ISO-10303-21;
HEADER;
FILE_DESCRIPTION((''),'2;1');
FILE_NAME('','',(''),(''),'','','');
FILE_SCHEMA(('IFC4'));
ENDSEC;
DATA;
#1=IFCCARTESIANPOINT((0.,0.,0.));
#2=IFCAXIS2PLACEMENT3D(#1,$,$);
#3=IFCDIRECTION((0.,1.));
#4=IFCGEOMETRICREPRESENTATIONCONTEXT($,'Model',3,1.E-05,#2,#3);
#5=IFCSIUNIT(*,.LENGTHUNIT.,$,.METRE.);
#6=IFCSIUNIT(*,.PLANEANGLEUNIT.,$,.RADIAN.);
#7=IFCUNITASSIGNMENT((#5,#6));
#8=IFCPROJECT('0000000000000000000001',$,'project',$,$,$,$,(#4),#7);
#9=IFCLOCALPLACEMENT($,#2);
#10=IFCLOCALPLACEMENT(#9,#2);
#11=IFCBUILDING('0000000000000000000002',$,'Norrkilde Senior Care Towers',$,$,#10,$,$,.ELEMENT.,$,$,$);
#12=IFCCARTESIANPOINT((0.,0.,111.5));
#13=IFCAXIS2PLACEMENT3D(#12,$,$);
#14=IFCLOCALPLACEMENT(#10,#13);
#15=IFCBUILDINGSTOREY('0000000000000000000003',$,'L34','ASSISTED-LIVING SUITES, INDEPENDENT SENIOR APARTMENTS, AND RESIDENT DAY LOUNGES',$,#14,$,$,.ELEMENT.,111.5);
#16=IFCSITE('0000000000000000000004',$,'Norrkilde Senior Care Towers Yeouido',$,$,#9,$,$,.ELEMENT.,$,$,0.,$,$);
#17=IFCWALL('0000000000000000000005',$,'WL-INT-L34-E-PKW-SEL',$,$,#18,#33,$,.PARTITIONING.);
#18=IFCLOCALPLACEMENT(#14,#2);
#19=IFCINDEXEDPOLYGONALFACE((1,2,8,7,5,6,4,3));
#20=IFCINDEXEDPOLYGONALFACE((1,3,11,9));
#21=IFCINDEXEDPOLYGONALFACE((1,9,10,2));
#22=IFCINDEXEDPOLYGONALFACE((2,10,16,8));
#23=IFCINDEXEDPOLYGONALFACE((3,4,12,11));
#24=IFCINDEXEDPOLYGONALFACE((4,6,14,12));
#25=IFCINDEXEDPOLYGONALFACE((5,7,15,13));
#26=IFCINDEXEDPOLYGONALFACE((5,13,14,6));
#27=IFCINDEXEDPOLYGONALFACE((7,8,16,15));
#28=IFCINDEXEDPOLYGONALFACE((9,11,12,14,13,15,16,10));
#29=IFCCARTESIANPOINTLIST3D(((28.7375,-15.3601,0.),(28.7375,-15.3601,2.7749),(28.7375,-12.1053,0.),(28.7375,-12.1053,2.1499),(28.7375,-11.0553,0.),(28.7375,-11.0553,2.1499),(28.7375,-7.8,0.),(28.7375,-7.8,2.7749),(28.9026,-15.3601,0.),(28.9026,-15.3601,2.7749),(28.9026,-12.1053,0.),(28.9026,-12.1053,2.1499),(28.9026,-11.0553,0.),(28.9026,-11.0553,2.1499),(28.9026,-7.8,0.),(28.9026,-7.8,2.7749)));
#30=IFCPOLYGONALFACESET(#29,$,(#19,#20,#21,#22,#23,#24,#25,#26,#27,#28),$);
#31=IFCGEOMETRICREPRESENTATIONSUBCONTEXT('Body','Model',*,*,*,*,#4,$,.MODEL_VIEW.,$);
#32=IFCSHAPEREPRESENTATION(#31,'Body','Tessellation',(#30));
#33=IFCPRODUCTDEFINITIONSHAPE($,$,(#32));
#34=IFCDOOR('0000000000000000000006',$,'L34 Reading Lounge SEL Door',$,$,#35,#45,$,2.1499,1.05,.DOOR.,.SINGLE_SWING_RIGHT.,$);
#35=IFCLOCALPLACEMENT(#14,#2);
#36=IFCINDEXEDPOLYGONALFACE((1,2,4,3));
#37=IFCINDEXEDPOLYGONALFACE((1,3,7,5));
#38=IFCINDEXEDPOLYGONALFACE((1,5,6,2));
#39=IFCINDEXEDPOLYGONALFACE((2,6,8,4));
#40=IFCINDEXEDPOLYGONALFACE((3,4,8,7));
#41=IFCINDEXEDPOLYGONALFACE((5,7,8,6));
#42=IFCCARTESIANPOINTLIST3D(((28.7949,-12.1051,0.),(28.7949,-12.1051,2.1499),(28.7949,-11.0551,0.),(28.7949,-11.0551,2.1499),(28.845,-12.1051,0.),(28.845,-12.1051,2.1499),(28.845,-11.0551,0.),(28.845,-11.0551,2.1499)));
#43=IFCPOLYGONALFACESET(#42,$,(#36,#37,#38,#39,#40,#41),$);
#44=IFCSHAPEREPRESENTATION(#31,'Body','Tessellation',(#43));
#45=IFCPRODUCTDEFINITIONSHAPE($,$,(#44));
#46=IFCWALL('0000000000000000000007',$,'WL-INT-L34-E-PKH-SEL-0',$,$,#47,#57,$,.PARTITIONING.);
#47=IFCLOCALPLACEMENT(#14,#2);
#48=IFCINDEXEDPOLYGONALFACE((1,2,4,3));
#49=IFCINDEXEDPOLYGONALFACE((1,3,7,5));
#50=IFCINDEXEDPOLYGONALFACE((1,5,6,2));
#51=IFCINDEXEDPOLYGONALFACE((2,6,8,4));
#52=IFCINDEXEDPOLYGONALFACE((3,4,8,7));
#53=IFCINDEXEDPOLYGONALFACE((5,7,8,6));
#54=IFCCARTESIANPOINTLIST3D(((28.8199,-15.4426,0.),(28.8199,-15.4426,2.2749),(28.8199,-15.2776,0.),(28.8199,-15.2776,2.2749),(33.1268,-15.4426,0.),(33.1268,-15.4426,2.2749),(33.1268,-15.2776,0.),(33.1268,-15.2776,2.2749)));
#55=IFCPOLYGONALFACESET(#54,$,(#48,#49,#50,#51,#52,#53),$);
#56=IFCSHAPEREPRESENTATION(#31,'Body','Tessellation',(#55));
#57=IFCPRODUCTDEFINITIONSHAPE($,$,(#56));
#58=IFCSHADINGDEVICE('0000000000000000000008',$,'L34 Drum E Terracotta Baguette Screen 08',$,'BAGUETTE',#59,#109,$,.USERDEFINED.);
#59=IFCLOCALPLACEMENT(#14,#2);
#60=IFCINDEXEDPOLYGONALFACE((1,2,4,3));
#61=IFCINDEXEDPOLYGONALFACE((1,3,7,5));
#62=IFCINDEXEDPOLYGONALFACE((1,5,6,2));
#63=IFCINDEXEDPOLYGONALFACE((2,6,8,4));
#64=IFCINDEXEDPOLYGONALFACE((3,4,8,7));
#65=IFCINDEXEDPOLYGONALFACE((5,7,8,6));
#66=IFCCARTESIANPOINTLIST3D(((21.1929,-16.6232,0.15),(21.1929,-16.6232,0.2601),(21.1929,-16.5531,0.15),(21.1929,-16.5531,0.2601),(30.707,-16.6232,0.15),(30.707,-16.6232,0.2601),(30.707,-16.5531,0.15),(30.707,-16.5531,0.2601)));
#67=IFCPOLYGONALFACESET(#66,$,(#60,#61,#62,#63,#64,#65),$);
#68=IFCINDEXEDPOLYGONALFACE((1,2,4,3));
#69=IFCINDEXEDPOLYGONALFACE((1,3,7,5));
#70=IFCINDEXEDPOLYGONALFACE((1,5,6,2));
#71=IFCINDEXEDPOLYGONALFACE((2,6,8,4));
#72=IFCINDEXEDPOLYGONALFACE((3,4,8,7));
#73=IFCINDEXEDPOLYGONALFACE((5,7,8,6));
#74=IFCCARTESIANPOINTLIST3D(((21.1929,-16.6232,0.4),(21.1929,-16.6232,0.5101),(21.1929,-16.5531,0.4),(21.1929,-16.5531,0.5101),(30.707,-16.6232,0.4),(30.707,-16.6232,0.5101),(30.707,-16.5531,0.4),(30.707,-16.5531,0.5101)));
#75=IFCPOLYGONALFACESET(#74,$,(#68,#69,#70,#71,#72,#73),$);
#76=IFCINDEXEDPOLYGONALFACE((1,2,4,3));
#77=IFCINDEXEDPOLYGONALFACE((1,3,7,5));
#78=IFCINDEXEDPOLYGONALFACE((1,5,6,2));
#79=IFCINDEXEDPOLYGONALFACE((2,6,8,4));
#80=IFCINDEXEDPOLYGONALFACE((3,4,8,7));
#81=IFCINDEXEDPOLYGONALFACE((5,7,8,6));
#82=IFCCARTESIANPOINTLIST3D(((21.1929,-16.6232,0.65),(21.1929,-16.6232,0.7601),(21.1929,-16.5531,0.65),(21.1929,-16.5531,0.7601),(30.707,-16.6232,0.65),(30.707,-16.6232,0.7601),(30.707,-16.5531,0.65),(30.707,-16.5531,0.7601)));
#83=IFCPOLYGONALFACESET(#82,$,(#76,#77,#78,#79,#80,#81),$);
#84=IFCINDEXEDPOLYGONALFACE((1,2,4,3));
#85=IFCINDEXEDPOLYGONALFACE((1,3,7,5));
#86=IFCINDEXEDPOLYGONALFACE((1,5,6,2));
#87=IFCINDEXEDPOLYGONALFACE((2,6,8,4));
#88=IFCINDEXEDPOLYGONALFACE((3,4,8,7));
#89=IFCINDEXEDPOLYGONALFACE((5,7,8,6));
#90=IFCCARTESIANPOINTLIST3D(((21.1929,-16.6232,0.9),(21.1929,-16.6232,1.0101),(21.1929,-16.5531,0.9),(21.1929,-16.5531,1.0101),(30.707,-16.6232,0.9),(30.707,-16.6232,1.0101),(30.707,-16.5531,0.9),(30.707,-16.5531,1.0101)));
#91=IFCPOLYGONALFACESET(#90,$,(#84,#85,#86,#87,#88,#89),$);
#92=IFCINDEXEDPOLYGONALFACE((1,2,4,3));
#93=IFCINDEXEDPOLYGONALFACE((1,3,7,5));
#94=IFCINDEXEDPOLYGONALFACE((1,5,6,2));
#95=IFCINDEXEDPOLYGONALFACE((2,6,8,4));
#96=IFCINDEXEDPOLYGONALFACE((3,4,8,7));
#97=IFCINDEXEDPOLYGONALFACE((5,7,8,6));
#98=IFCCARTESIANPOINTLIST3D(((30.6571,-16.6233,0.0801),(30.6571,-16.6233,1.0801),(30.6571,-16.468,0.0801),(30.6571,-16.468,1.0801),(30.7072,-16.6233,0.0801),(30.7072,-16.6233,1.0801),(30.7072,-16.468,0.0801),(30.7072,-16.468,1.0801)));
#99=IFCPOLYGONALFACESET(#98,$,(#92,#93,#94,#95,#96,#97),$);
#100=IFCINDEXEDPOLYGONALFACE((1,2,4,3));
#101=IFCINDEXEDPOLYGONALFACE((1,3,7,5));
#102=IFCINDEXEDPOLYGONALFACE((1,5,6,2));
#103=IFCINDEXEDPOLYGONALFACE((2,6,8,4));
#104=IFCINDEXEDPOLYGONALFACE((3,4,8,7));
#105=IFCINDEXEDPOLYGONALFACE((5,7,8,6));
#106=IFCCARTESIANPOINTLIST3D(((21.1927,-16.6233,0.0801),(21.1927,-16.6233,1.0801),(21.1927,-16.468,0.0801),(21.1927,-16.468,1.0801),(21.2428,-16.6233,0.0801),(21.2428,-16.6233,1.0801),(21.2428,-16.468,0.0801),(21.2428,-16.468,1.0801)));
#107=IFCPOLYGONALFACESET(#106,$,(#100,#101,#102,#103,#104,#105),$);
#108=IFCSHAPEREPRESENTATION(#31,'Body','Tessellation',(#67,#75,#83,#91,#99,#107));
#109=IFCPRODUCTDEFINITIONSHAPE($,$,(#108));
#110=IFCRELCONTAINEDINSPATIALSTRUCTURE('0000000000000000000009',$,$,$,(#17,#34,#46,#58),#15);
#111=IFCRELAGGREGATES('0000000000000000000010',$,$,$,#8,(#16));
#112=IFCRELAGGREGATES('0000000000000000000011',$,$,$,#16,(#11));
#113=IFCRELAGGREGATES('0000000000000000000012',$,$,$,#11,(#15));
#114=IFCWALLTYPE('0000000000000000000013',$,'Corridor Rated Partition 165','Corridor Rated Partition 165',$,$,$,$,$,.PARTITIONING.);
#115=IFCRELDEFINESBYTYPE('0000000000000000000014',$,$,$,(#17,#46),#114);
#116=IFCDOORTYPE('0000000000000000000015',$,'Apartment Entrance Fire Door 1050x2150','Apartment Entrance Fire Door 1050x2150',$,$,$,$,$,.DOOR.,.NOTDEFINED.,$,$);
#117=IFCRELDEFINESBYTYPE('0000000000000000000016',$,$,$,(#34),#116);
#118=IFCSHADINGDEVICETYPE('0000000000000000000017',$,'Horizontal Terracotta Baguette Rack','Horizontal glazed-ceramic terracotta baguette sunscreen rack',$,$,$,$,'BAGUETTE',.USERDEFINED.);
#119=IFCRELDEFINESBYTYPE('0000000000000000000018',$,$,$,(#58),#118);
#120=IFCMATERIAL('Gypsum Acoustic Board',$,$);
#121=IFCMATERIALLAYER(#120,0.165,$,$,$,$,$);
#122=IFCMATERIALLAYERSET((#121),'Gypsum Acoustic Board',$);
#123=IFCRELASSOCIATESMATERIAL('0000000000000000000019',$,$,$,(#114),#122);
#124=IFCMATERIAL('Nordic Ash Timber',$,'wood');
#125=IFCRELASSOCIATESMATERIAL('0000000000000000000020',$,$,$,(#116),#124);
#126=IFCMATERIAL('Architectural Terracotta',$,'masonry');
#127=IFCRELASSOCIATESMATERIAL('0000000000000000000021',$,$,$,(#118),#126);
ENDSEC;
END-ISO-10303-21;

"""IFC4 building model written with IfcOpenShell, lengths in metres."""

from ifc_helpers import new_model, si_unit, direction, frame, frame_2d, origin, origin_2d, place, context, subcontext, project, spatial, rectangle, extrude, source, transform, mapped, material, layer, layer_set, type_object, type_shapes, element, fill, save


model = new_model("IFC4")

# Units and contexts
model_context = context("Model", 3, precision=1e-05, world=origin(), true_north=direction((0.0, 1.0)))
body_context = subcontext(model_context, "Body", "Model", "MODEL_VIEW")
ifc_project = project(units=[si_unit("LENGTHUNIT", "METRE"), si_unit("PLANEANGLEUNIT", "RADIAN")], contexts=[model_context])

# Site, building, storey
site_placement = place(None, origin())
site = spatial("IfcSite", under=ifc_project, at=site_placement, Name="Norrkilde Senior Care Towers Yeouido", CompositionType="ELEMENT", RefElevation=0.0)
building_placement = place(site_placement, origin())
building = spatial("IfcBuilding", under=site, at=building_placement, Name="Norrkilde Senior Care Towers", CompositionType="ELEMENT")
storey_placement = place(building_placement, frame((0.0, 0.0, 111.5)))
storey = spatial("IfcBuildingStorey", under=building, at=storey_placement, Name="L34", Description="ASSISTED-LIVING SUITES, INDEPENDENT SENIOR APARTMENTS, AND RESIDENT DAY LOUNGES", CompositionType="ELEMENT", Elevation=111.5)

# Shared definitions
ifc_material_1 = material(Name="Gypsum Acoustic Board")
ifc_layer_1 = layer(ifc_material_1, 0.165)
ifc_layer_set_1 = layer_set([ifc_layer_1], Name="Gypsum Acoustic Board")
wall_type_1 = type_object("IfcWallType", Name="Corridor Rated Partition 165", Description="Corridor Rated Partition 165", PredefinedType="PARTITIONING", material=ifc_layer_set_1)

# Wall, opening, door
shared_shape_1 = source(origin(), body_context, "Body", "SweptSolid", [
    extrude(rectangle(XDim=7.5601, YDim=0.165, at=frame_2d((3.78, 0.0))), origin(), (0.0, 0.0, 1.0), 2.7749),
])
ifc_material_2 = material(Name="Nordic Ash Timber", Category="wood")
door_type = type_object("IfcDoorType", Name="Apartment Entrance Fire Door 1050x2150", Description="Apartment Entrance Fire Door 1050x2150", OperationType="NOTDEFINED", PredefinedType="DOOR", material=ifc_material_2)
shared_shape_2 = source(origin(), body_context, "Body", "SweptSolid", [
    extrude(rectangle(XDim=1.05, YDim=2.1499, at=frame_2d((0.5249, 1.075))), frame((0.0, 0.0249, 0.0), z_axis=(0.0, -1.0, 0.0), x_axis=(1.0, 0.0, 0.0)), (0.0, 0.0, 1.0), 0.05),
])
type_shapes(door_type, [shared_shape_2])
wall_1_placement = place(storey_placement, frame((28.8201, -15.3601, 0.0), z_axis=(0.0, 0.0, 1.0), x_axis=(0.0, 1.0, 0.0)))
wall_1 = element("IfcWall", 1, at=wall_1_placement, inside=storey, type_object=wall_type_1, Name="WL-INT-L34-E-PKW-SEL", PredefinedType="PARTITIONING", context=body_context, shape_type="MappedRepresentation", body=[
    mapped(shared_shape_1, transform((0.0, 0.0, 0.0), x_axis=(1.0, 0.0, 0.0), y_axis=(0.0, 1.0, 0.0), z_axis=(0.0, 0.0, 1.0), scale=1.0)),
])
opening_1_placement = place(wall_1_placement, frame((3.2549, 0.0, 0.0)))
opening_1 = element("IfcOpeningElement", 2, at=opening_1_placement, cuts=wall_1, PredefinedType="OPENING", context=body_context, shape_type="SweptSolid", body=[
    extrude(rectangle(XDim=1.05, YDim=2.1499, at=frame_2d((0.5249, 1.075))), frame((0.0, 0.0925, 0.0), z_axis=(0.0, -1.0, 0.0), x_axis=(1.0, 0.0, 0.0)), (0.0, 0.0, 1.0), 0.1851),
])
door_1_placement = place(opening_1_placement, frame((1.05, 0.0, 0.0), z_axis=(0.0, 0.0, 1.0), x_axis=(-1.0, 0.0, 0.0)))
door_1 = element("IfcDoor", 3, at=door_1_placement, inside=storey, type_object=door_type, Name="L34 Reading Lounge SEL Door", OperationType="SINGLE_SWING_RIGHT", OverallHeight=2.1499, OverallWidth=1.05, PredefinedType="DOOR", context=body_context, shape_type="MappedRepresentation", body=[
    mapped(shared_shape_2, transform((0.0, 0.0, 0.0), x_axis=(1.0, 0.0, 0.0), y_axis=(0.0, 1.0, 0.0), z_axis=(0.0, 0.0, 1.0), scale=1.0)),
])
fill(opening_1, door_1)

# Wall
shared_shape_3 = source(origin(), body_context, "Body", "SweptSolid", [
    extrude(rectangle(XDim=4.3069, YDim=0.165, at=frame_2d((2.1533, 0.0))), origin(), (0.0, 0.0, 1.0), 2.2749),
])
wall_2_placement = place(storey_placement, frame((28.8201, -15.3601, 0.0), z_axis=(0.0, 0.0, 1.0), x_axis=(1.0, 0.0, 0.0)))
element("IfcWall", 4, at=wall_2_placement, inside=storey, type_object=wall_type_1, Name="WL-INT-L34-E-PKH-SEL-0", PredefinedType="PARTITIONING", context=body_context, shape_type="MappedRepresentation", body=[
    mapped(shared_shape_3, transform((0.0, 0.0, 0.0), x_axis=(1.0, 0.0, 0.0), y_axis=(0.0, 1.0, 0.0), z_axis=(0.0, 0.0, 1.0), scale=1.0)),
])

# Shading device
ifc_material_3 = material(Name="Architectural Terracotta", Category="masonry")
shading_device_type = type_object("IfcShadingDeviceType", Name="Horizontal Terracotta Baguette Rack", Description="Horizontal glazed-ceramic terracotta baguette sunscreen rack", ElementType="BAGUETTE", PredefinedType="USERDEFINED", material=ifc_material_3)
shared_shape_4 = source(origin(), body_context, "Body", "SweptSolid", [
    extrude(rectangle(XDim=0.0701, YDim=0.1101, at=origin_2d()), frame((0.0, 0.0901, 0.125), z_axis=(1.0, 0.0, 0.0), x_axis=(0.0, 1.0, 0.0)), (0.0, 0.0, 1.0), 9.5142),
    extrude(rectangle(XDim=0.0701, YDim=0.1101, at=origin_2d()), frame((0.0, 0.0901, 0.375), z_axis=(1.0, 0.0, 0.0), x_axis=(0.0, 1.0, 0.0)), (0.0, 0.0, 1.0), 9.5142),
    extrude(rectangle(XDim=0.0701, YDim=0.1101, at=origin_2d()), frame((0.0, 0.0901, 0.625), z_axis=(1.0, 0.0, 0.0), x_axis=(0.0, 1.0, 0.0)), (0.0, 0.0, 1.0), 9.5142),
    extrude(rectangle(XDim=0.0701, YDim=0.1101, at=origin_2d()), frame((0.0, 0.0901, 0.875), z_axis=(1.0, 0.0, 0.0), x_axis=(0.0, 1.0, 0.0)), (0.0, 0.0, 1.0), 9.5142),
    extrude(rectangle(XDim=0.05, YDim=0.1553, at=origin_2d()), frame((0.0249, 0.0476, 0.0)), (0.0, 0.0, 1.0), 1.0),
    extrude(rectangle(XDim=0.05, YDim=0.1553, at=origin_2d()), frame((9.4893, 0.0476, 0.0)), (0.0, 0.0, 1.0), 1.0),
])
type_shapes(shading_device_type, [shared_shape_4])
shading_device_placement = place(storey_placement, frame((30.707, -16.498, 0.0801), z_axis=(0.0, 0.0, 1.0), x_axis=(-1.0, 0.0, 0.0)))
element("IfcShadingDevice", 5, at=shading_device_placement, inside=storey, type_object=shading_device_type, Name="L34 Drum E Terracotta Baguette Screen 08", ObjectType="BAGUETTE", PredefinedType="USERDEFINED", context=body_context, shape_type="MappedRepresentation", body=[
    mapped(shared_shape_4, transform((0.0, 0.0, 0.0), x_axis=(1.0, 0.0, 0.0), y_axis=(0.0, 1.0, 0.0), z_axis=(0.0, 0.0, 1.0), scale=1.0)),
])

save(model, "model.ifc")
